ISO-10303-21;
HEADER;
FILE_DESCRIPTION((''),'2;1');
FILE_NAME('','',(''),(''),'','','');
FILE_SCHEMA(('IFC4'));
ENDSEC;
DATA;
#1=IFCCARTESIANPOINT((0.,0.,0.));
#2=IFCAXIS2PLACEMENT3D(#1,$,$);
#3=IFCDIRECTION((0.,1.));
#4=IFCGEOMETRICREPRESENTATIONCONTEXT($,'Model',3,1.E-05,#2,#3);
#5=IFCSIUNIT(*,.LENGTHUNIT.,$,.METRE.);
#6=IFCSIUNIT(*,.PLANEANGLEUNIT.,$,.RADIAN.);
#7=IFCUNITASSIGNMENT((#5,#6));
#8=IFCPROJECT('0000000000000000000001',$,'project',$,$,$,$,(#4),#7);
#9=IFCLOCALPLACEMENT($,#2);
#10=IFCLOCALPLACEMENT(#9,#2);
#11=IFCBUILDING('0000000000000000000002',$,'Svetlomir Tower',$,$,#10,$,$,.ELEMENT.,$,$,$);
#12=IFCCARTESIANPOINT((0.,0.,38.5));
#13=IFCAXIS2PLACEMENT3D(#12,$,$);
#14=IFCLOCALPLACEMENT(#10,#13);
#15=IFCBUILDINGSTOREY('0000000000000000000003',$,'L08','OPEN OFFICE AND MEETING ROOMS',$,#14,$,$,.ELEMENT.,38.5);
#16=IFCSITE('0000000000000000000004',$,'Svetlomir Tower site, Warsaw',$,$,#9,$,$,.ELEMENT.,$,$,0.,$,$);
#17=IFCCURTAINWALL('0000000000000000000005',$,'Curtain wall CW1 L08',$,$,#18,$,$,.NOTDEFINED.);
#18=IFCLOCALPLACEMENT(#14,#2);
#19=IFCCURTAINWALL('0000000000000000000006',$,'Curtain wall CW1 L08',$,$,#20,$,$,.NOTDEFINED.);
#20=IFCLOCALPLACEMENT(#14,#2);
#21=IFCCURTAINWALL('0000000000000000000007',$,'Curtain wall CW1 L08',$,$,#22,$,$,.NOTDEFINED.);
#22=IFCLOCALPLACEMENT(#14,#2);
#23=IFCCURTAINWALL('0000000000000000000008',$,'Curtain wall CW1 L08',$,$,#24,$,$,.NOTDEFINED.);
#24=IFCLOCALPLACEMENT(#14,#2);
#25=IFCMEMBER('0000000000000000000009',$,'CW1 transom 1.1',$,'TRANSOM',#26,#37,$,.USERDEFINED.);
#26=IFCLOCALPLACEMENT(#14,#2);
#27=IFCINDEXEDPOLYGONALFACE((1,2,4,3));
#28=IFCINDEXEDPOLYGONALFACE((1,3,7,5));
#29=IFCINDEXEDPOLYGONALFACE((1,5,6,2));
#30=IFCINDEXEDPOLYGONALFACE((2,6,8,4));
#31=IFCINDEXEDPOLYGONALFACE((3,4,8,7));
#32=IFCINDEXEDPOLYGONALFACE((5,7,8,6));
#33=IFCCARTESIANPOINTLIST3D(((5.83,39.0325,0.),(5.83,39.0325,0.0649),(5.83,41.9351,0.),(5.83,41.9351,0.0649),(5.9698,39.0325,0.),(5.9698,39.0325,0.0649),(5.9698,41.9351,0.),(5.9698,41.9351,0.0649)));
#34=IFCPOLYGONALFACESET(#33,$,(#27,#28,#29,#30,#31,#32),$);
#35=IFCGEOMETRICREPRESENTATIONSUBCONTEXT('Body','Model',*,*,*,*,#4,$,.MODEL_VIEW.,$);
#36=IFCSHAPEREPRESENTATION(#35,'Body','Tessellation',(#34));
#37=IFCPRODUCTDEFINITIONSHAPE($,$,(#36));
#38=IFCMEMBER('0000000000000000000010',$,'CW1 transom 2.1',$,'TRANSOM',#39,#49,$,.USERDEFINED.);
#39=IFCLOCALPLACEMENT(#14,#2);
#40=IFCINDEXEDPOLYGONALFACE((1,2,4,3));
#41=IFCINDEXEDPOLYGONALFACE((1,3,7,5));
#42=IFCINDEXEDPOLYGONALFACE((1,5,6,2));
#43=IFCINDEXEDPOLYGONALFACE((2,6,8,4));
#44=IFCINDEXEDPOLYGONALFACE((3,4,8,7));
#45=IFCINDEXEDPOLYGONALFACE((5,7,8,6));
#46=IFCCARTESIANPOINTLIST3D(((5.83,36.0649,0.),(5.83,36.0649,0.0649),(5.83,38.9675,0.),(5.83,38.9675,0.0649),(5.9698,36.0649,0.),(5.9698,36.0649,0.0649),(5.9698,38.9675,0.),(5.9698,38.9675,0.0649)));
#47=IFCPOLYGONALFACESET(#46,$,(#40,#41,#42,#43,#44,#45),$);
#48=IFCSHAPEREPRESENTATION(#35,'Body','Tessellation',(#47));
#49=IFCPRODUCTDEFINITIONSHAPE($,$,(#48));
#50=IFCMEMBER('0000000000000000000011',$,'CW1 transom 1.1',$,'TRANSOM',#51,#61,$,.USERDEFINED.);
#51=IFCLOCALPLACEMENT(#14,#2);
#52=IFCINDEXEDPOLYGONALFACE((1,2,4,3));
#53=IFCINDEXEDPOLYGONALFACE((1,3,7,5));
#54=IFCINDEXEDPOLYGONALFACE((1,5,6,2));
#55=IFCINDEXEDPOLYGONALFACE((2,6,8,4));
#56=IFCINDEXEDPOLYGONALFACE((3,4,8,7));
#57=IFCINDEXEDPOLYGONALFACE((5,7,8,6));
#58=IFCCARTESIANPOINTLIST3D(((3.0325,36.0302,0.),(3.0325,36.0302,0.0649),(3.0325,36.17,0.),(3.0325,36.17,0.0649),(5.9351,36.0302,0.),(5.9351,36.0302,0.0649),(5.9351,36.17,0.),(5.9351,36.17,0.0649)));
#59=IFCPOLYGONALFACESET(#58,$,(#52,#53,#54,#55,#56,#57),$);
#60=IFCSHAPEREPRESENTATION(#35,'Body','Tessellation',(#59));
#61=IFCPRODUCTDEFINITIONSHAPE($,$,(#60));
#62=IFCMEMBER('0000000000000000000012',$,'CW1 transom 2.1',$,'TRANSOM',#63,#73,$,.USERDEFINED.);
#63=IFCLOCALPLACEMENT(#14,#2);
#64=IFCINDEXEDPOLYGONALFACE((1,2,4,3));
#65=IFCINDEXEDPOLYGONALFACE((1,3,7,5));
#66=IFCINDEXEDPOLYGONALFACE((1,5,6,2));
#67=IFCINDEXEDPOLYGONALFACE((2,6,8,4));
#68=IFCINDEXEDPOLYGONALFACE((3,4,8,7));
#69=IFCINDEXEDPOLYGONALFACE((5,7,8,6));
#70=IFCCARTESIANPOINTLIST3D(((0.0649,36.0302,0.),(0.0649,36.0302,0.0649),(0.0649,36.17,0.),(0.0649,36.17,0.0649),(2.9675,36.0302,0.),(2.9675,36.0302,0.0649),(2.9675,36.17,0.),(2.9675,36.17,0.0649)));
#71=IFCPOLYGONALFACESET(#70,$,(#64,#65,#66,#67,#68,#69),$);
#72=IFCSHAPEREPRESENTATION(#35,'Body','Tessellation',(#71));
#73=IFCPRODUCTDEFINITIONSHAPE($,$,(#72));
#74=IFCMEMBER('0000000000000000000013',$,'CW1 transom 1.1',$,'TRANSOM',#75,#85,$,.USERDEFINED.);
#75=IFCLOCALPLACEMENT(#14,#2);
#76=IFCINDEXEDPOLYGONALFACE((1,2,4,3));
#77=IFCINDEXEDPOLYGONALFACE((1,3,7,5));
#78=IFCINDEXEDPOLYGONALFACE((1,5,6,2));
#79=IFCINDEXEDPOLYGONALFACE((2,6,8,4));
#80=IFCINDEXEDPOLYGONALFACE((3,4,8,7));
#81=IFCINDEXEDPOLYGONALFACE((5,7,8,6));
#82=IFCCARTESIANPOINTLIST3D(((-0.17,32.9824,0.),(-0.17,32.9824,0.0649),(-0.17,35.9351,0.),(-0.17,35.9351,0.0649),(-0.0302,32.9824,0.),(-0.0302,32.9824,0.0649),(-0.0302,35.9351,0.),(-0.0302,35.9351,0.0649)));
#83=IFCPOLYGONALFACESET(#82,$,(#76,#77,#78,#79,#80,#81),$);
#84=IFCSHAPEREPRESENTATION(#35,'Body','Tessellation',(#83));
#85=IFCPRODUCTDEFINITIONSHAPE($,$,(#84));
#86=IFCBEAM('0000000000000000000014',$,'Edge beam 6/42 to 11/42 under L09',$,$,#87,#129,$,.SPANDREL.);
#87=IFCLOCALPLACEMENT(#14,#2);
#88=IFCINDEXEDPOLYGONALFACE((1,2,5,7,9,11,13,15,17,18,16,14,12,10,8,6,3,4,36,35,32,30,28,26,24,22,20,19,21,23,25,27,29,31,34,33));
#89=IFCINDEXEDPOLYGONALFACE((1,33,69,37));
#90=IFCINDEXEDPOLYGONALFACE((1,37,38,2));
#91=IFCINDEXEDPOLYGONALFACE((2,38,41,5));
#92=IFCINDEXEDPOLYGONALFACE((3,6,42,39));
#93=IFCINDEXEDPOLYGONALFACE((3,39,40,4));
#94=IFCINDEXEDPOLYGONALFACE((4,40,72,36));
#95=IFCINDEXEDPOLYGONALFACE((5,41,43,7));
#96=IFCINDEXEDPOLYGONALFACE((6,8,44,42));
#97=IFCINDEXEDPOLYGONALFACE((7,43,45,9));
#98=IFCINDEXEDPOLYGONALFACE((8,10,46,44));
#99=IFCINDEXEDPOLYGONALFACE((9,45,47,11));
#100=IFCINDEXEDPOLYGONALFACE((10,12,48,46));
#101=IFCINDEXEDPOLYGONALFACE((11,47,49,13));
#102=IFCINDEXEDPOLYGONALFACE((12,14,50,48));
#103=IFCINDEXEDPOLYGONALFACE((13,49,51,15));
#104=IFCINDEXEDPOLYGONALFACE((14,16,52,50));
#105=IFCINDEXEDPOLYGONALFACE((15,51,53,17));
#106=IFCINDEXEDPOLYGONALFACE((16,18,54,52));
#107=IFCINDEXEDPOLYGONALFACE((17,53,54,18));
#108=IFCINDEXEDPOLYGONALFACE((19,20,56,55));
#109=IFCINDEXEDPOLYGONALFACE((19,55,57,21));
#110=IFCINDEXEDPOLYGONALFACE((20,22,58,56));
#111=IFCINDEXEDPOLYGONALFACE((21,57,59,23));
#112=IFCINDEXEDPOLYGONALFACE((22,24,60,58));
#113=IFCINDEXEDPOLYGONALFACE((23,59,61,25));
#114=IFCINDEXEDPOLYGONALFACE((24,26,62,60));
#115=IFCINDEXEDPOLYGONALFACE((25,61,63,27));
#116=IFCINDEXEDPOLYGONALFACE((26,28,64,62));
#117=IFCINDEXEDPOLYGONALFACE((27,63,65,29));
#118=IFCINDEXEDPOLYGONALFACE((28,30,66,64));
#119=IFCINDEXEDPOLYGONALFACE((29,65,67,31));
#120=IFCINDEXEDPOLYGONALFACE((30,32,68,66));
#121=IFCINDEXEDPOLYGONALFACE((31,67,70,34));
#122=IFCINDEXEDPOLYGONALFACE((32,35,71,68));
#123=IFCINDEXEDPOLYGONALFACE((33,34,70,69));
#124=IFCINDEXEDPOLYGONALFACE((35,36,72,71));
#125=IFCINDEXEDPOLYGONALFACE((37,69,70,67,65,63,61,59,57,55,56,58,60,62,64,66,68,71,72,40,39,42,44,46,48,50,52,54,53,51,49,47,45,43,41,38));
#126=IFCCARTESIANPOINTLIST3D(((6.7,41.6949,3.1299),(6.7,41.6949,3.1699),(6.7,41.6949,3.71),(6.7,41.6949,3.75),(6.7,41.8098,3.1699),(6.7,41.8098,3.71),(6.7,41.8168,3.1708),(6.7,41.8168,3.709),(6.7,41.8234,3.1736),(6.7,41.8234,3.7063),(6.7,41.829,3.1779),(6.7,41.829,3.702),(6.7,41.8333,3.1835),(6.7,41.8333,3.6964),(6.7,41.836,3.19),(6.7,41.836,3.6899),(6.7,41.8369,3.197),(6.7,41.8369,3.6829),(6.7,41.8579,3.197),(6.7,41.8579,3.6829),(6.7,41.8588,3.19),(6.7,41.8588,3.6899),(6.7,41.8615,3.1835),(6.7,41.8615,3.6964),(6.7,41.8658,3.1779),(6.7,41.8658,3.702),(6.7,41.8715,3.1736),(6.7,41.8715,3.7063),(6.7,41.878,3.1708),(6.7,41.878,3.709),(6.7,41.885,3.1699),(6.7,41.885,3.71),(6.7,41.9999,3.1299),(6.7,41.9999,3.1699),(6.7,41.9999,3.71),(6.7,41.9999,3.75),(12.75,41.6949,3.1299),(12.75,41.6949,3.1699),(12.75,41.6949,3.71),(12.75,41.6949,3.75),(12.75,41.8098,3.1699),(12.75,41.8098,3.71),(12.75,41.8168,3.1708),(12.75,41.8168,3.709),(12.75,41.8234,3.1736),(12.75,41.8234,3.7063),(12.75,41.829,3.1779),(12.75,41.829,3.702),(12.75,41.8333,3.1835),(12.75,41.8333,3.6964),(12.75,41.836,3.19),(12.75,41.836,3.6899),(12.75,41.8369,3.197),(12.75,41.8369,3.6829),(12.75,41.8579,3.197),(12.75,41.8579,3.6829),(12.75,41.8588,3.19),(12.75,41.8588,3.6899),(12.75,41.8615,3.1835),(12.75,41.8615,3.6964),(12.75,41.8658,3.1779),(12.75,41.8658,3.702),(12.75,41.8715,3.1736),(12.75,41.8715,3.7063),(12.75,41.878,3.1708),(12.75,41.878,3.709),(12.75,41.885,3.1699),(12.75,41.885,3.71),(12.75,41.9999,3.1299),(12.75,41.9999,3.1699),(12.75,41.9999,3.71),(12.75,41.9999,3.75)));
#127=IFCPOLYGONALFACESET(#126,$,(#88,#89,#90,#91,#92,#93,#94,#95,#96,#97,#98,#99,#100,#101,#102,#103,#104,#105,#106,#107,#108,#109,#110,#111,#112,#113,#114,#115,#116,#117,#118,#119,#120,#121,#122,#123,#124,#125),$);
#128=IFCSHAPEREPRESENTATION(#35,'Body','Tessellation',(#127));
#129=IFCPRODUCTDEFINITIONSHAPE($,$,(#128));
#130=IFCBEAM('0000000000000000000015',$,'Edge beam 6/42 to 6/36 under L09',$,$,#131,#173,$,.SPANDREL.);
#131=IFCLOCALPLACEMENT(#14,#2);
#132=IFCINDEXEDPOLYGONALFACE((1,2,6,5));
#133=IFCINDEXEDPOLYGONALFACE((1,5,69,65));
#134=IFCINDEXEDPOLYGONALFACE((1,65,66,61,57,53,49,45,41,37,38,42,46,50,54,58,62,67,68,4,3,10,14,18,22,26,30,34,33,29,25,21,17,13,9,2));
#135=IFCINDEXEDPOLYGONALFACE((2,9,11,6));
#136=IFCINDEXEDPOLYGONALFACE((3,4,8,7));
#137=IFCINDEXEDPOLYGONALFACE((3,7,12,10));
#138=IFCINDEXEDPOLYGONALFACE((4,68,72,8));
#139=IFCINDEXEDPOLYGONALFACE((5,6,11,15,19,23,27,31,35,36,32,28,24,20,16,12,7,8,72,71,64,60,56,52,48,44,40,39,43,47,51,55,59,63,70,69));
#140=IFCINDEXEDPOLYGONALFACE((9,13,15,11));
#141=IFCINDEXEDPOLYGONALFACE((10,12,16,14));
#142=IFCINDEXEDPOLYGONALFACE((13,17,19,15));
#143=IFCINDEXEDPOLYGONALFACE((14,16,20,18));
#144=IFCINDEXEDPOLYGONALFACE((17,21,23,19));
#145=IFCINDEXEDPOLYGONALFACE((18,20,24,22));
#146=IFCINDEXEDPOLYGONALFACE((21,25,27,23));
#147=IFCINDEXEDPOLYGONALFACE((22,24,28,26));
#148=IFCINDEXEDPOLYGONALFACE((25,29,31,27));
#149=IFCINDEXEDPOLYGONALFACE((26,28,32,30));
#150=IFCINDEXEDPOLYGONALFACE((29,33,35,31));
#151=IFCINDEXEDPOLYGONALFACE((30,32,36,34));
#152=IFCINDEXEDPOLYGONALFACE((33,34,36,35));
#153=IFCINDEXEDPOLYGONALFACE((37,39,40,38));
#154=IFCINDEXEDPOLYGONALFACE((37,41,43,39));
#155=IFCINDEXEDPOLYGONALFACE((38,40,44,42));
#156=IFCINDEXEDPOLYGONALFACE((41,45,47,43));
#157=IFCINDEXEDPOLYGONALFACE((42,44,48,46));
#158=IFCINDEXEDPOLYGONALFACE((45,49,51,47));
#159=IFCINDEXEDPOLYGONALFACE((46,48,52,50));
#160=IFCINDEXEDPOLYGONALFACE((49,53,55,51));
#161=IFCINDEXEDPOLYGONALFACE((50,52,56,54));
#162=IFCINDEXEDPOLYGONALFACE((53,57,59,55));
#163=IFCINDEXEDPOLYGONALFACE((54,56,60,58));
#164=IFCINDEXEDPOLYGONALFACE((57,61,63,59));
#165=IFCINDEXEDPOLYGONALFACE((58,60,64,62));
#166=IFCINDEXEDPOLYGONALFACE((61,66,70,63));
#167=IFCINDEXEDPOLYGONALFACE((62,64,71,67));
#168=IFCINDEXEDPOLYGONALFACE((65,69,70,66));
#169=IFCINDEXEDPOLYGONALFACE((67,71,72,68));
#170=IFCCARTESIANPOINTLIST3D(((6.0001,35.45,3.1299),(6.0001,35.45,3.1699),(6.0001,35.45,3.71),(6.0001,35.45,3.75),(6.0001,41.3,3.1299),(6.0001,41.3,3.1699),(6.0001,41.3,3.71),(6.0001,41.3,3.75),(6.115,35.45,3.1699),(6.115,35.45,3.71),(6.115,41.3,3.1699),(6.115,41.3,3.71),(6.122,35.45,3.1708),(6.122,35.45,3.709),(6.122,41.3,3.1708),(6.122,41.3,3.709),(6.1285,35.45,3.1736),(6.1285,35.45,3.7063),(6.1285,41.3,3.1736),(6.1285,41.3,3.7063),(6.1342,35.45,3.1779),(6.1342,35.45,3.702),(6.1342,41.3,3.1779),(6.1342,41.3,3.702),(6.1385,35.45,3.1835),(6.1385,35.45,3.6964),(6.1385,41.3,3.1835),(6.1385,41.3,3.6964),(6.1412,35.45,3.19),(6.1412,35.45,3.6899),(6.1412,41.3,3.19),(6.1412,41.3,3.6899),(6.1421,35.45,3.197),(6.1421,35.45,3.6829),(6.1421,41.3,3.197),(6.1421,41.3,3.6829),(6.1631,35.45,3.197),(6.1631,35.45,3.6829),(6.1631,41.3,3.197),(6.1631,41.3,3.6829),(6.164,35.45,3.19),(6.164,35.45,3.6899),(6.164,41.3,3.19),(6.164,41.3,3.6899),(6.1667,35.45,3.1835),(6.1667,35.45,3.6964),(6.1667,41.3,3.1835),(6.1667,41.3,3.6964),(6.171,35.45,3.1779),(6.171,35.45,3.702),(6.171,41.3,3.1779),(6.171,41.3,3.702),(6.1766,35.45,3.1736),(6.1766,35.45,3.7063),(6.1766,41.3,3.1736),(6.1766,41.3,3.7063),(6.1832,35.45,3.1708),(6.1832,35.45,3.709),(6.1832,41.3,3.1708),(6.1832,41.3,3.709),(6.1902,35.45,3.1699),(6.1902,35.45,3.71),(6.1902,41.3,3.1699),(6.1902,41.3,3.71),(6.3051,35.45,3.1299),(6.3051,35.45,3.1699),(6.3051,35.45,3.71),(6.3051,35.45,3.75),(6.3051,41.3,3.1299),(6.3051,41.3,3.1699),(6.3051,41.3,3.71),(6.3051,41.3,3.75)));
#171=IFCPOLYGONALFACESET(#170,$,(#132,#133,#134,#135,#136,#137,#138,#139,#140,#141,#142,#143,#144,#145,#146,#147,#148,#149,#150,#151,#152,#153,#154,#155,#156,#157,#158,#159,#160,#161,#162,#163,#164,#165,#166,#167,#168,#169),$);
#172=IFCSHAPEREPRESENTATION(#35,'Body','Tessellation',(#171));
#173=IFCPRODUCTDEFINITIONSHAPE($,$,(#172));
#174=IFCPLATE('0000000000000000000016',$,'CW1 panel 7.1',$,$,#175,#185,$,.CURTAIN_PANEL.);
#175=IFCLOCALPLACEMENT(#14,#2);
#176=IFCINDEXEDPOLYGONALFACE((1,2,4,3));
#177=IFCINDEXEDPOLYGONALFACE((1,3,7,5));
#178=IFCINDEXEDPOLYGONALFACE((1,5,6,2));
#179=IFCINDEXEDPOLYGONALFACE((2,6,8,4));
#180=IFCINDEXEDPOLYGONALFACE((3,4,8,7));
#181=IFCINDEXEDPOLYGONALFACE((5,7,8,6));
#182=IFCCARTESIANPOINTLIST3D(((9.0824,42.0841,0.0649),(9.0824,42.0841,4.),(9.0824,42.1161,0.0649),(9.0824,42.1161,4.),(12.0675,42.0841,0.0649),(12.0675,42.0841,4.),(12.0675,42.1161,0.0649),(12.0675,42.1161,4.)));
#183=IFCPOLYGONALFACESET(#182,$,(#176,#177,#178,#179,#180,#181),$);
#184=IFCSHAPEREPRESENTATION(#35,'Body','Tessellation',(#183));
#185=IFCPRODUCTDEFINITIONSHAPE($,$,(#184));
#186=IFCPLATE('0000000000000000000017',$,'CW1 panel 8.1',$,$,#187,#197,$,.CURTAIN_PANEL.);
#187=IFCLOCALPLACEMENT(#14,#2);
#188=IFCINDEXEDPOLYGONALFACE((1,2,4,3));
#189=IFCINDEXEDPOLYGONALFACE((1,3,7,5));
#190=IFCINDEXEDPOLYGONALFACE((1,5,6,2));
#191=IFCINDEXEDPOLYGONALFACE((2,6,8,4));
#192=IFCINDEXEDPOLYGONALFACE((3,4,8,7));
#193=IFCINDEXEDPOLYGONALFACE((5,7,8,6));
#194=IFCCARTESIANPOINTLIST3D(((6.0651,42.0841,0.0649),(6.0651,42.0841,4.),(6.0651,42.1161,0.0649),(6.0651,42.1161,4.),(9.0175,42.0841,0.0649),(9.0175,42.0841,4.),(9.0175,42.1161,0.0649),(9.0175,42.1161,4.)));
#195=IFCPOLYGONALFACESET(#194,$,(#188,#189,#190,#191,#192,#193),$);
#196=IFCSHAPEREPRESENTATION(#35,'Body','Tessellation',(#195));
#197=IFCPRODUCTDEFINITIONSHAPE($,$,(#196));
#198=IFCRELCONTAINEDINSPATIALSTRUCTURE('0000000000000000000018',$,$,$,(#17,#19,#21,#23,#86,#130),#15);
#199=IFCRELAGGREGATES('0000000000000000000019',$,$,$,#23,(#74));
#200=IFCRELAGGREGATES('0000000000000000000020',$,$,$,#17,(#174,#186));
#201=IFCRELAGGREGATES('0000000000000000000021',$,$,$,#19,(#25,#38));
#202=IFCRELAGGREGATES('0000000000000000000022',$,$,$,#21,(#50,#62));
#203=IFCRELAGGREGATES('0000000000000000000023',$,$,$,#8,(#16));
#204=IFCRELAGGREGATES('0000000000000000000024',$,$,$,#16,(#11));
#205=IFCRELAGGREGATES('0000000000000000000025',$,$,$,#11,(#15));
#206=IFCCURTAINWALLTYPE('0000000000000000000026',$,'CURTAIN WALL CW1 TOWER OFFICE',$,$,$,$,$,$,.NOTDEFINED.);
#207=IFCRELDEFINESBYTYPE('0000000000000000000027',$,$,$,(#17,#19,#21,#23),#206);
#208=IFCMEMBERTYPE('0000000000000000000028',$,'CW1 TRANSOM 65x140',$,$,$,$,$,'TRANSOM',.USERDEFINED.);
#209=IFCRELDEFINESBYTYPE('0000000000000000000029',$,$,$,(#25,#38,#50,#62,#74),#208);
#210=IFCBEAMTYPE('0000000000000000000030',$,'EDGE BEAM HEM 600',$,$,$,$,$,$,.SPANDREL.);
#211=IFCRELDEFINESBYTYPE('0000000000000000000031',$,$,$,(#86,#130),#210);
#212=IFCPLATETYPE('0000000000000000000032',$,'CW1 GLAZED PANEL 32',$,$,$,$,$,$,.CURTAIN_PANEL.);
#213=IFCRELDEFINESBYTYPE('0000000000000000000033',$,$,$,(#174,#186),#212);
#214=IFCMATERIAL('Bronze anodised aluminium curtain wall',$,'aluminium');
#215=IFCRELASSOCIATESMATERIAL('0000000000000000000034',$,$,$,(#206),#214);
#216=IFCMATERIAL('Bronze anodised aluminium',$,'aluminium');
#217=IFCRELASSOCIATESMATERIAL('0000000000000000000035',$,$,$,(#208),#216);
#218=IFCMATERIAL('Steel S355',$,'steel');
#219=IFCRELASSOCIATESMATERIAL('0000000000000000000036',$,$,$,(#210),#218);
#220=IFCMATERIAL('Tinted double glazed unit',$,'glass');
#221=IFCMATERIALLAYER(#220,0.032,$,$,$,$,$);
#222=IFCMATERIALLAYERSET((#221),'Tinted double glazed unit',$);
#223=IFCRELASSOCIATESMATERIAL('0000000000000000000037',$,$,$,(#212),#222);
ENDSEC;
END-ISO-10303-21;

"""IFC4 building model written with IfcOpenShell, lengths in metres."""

from ifc_helpers import new_model, si_unit, direction, frame, origin, origin_2d, place, context, subcontext, project, spatial, rectangle, i_section, extrude, material, layer, layer_set, material_profile, profile_set, type_object, element, aggregate, save


model = new_model("IFC4")

# Units and contexts
model_context = context("Model", 3, precision=1e-05, world=origin(), true_north=direction((0.0, 1.0)))
body_context = subcontext(model_context, "Body", "Model", "MODEL_VIEW")
ifc_project = project(units=[si_unit("LENGTHUNIT", "METRE"), si_unit("PLANEANGLEUNIT", "RADIAN")], contexts=[model_context])

# Site, building, storey
site_placement = place(None, origin())
site = spatial("IfcSite", under=ifc_project, at=site_placement, Name="Svetlomir Tower site, Warsaw", CompositionType="ELEMENT", RefElevation=0.0)
building_placement = place(site_placement, origin())
building = spatial("IfcBuilding", under=site, at=building_placement, Name="Svetlomir Tower", CompositionType="ELEMENT")
storey_placement = place(building_placement, frame((0.0, 0.0, 38.5)))
storey = spatial("IfcBuildingStorey", under=building, at=storey_placement, Name="L08", Description="OPEN OFFICE AND MEETING ROOMS", CompositionType="ELEMENT", Elevation=38.5)

# Curtain walls
ifc_material_1 = material(Name="Bronze anodised aluminium curtain wall", Category="aluminium")
curtain_wall_type = type_object("IfcCurtainWallType", Name="CURTAIN WALL CW1 TOWER OFFICE", PredefinedType="NOTDEFINED", material=ifc_material_1)
curtain_wall_1_placement = place(storey_placement, origin())
curtain_wall_1 = element("IfcCurtainWall", 1, at=curtain_wall_1_placement, inside=storey, type_object=curtain_wall_type, Name="Curtain wall CW1 L08", PredefinedType="NOTDEFINED")
curtain_wall_2_placement = place(storey_placement, origin())
curtain_wall_2 = element("IfcCurtainWall", 2, at=curtain_wall_2_placement, inside=storey, type_object=curtain_wall_type, Name="Curtain wall CW1 L08", PredefinedType="NOTDEFINED")
curtain_wall_3_placement = place(storey_placement, origin())
curtain_wall_3 = element("IfcCurtainWall", 3, at=curtain_wall_3_placement, inside=storey, type_object=curtain_wall_type, Name="Curtain wall CW1 L08", PredefinedType="NOTDEFINED")

# Curtain wall
curtain_wall_4_placement = place(storey_placement, origin())
curtain_wall_4 = element("IfcCurtainWall", 4, at=curtain_wall_4_placement, inside=storey, type_object=curtain_wall_type, Name="Curtain wall CW1 L08", PredefinedType="NOTDEFINED")

# Members
ifc_material_2 = material(Name="Bronze anodised aluminium", Category="aluminium")
ifc_material_profile_1 = material_profile(ifc_material_2, rectangle(XDim=0.1399, YDim=0.0649, at=origin_2d()), Name="AL 140x65")
ifc_profile_set_1 = profile_set([ifc_material_profile_1], Name="Bronze anodised aluminium 6063-T6")
member_type_1 = type_object("IfcMemberType", Name="CW1 TRANSOM 65x140", ElementType="TRANSOM", PredefinedType="USERDEFINED", material=ifc_profile_set_1)
member_1_placement = place(storey_placement, frame((5.8999, 41.9351, 0.0325), z_axis=(0.0, -1.0, 0.0), x_axis=(1.0, 0.0, 0.0)))
member_1 = element("IfcMember", 5, at=member_1_placement, type_object=member_type_1, Name="CW1 transom 1.1", ObjectType="TRANSOM", PredefinedType="USERDEFINED", context=body_context, shape_type="SweptSolid", body=[
    extrude(rectangle(XDim=0.1399, YDim=0.0649, at=origin_2d()), origin(), (0.0, 0.0, 1.0), 2.9026),
])
member_2_placement = place(storey_placement, frame((5.8999, 38.9675, 0.0325), z_axis=(0.0, -1.0, 0.0), x_axis=(1.0, 0.0, 0.0)))
member_2 = element("IfcMember", 6, at=member_2_placement, type_object=member_type_1, Name="CW1 transom 2.1", ObjectType="TRANSOM", PredefinedType="USERDEFINED", context=body_context, shape_type="SweptSolid", body=[
    extrude(rectangle(XDim=0.1399, YDim=0.0649, at=origin_2d()), origin(), (0.0, 0.0, 1.0), 2.9026),
])
member_3_placement = place(storey_placement, frame((5.9351, 36.1001, 0.0325), z_axis=(-1.0, 0.0, 0.0), x_axis=(0.0, -1.0, 0.0)))
member_3 = element("IfcMember", 7, at=member_3_placement, type_object=member_type_1, Name="CW1 transom 1.1", ObjectType="TRANSOM", PredefinedType="USERDEFINED", context=body_context, shape_type="SweptSolid", body=[
    extrude(rectangle(XDim=0.1399, YDim=0.0649, at=origin_2d()), origin(), (0.0, 0.0, 1.0), 2.9026),
])
member_4_placement = place(storey_placement, frame((2.9675, 36.1001, 0.0325), z_axis=(-1.0, 0.0, 0.0), x_axis=(0.0, -1.0, 0.0)))
member_4 = element("IfcMember", 8, at=member_4_placement, type_object=member_type_1, Name="CW1 transom 2.1", ObjectType="TRANSOM", PredefinedType="USERDEFINED", context=body_context, shape_type="SweptSolid", body=[
    extrude(rectangle(XDim=0.1399, YDim=0.0649, at=origin_2d()), origin(), (0.0, 0.0, 1.0), 2.9026),
])
member_5_placement = place(storey_placement, frame((-0.1001, 35.9351, 0.0325), z_axis=(0.0, -1.0, 0.0), x_axis=(1.0, 0.0, 0.0)))
member_5 = element("IfcMember", 9, at=member_5_placement, type_object=member_type_1, Name="CW1 transom 1.1", ObjectType="TRANSOM", PredefinedType="USERDEFINED", context=body_context, shape_type="SweptSolid", body=[
    extrude(rectangle(XDim=0.1399, YDim=0.0649, at=origin_2d()), origin(), (0.0, 0.0, 1.0), 2.9526),
])
aggregate(curtain_wall_4, [member_5])

# Beams
ifc_material_3 = material(Name="Steel S355", Category="steel")
ifc_material_profile_2 = material_profile(ifc_material_3, i_section(OverallWidth=0.3049, OverallDepth=0.6201, WebThickness=0.021, FlangeThickness=0.04, FilletRadius=0.0271, at=origin_2d()), Name="HEM 600")
ifc_profile_set_2 = profile_set([ifc_material_profile_2], Name="Steel S355")
beam_type = type_object("IfcBeamType", Name="EDGE BEAM HEM 600", PredefinedType="SPANDREL", material=ifc_profile_set_2)
beam_1_placement = place(storey_placement, frame((6.7, 41.8474, 3.4399), z_axis=(1.0, 0.0, 0.0), x_axis=(0.0, 1.0, 0.0)))
element("IfcBeam", 10, at=beam_1_placement, inside=storey, type_object=beam_type, Name="Edge beam 6/42 to 11/42 under L09", PredefinedType="SPANDREL", context=body_context, shape_type="SweptSolid", body=[
    extrude(i_section(OverallWidth=0.3049, OverallDepth=0.6201, WebThickness=0.021, FlangeThickness=0.04, FilletRadius=0.0271, at=origin_2d()), origin(), (0.0, 0.0, 1.0), 6.05),
])
beam_2_placement = place(storey_placement, frame((6.1526, 41.3, 3.4399), z_axis=(0.0, -1.0, 0.0), x_axis=(1.0, 0.0, 0.0)))
element("IfcBeam", 11, at=beam_2_placement, inside=storey, type_object=beam_type, Name="Edge beam 6/42 to 6/36 under L09", PredefinedType="SPANDREL", context=body_context, shape_type="SweptSolid", body=[
    extrude(i_section(OverallWidth=0.3049, OverallDepth=0.6201, WebThickness=0.021, FlangeThickness=0.04, FilletRadius=0.0271, at=origin_2d()), origin(), (0.0, 0.0, 1.0), 5.8501),
])

# Plates
ifc_material_4 = material(Name="Tinted double glazed unit", Category="glass")
ifc_layer_1 = layer(ifc_material_4, 0.032)
ifc_layer_set_1 = layer_set([ifc_layer_1], Name="Tinted double glazed unit")
plate_type = type_object("IfcPlateType", Name="CW1 GLAZED PANEL 32", PredefinedType="CURTAIN_PANEL", material=ifc_layer_set_1)
plate_1_placement = place(storey_placement, frame((10.575, 42.1001, 0.0649), z_axis=(0.0, 0.0, 1.0), x_axis=(-1.0, 0.0, 0.0)))
plate_1 = element("IfcPlate", 12, at=plate_1_placement, type_object=plate_type, Name="CW1 panel 7.1", PredefinedType="CURTAIN_PANEL", context=body_context, shape_type="SweptSolid", body=[
    extrude(rectangle(XDim=2.9851, YDim=0.032, at=origin_2d()), origin(), (0.0, 0.0, 1.0), 3.9351),
])
plate_2_placement = place(storey_placement, frame((7.5413, 42.1001, 0.0649), z_axis=(0.0, 0.0, 1.0), x_axis=(-1.0, 0.0, 0.0)))
plate_2 = element("IfcPlate", 13, at=plate_2_placement, type_object=plate_type, Name="CW1 panel 8.1", PredefinedType="CURTAIN_PANEL", context=body_context, shape_type="SweptSolid", body=[
    extrude(rectangle(XDim=2.9524, YDim=0.032, at=origin_2d()), origin(), (0.0, 0.0, 1.0), 3.9351),
])
aggregate(curtain_wall_1, [plate_1, plate_2])
aggregate(curtain_wall_2, [member_1, member_2])
aggregate(curtain_wall_3, [member_3, member_4])

save(model, "model.ifc")
